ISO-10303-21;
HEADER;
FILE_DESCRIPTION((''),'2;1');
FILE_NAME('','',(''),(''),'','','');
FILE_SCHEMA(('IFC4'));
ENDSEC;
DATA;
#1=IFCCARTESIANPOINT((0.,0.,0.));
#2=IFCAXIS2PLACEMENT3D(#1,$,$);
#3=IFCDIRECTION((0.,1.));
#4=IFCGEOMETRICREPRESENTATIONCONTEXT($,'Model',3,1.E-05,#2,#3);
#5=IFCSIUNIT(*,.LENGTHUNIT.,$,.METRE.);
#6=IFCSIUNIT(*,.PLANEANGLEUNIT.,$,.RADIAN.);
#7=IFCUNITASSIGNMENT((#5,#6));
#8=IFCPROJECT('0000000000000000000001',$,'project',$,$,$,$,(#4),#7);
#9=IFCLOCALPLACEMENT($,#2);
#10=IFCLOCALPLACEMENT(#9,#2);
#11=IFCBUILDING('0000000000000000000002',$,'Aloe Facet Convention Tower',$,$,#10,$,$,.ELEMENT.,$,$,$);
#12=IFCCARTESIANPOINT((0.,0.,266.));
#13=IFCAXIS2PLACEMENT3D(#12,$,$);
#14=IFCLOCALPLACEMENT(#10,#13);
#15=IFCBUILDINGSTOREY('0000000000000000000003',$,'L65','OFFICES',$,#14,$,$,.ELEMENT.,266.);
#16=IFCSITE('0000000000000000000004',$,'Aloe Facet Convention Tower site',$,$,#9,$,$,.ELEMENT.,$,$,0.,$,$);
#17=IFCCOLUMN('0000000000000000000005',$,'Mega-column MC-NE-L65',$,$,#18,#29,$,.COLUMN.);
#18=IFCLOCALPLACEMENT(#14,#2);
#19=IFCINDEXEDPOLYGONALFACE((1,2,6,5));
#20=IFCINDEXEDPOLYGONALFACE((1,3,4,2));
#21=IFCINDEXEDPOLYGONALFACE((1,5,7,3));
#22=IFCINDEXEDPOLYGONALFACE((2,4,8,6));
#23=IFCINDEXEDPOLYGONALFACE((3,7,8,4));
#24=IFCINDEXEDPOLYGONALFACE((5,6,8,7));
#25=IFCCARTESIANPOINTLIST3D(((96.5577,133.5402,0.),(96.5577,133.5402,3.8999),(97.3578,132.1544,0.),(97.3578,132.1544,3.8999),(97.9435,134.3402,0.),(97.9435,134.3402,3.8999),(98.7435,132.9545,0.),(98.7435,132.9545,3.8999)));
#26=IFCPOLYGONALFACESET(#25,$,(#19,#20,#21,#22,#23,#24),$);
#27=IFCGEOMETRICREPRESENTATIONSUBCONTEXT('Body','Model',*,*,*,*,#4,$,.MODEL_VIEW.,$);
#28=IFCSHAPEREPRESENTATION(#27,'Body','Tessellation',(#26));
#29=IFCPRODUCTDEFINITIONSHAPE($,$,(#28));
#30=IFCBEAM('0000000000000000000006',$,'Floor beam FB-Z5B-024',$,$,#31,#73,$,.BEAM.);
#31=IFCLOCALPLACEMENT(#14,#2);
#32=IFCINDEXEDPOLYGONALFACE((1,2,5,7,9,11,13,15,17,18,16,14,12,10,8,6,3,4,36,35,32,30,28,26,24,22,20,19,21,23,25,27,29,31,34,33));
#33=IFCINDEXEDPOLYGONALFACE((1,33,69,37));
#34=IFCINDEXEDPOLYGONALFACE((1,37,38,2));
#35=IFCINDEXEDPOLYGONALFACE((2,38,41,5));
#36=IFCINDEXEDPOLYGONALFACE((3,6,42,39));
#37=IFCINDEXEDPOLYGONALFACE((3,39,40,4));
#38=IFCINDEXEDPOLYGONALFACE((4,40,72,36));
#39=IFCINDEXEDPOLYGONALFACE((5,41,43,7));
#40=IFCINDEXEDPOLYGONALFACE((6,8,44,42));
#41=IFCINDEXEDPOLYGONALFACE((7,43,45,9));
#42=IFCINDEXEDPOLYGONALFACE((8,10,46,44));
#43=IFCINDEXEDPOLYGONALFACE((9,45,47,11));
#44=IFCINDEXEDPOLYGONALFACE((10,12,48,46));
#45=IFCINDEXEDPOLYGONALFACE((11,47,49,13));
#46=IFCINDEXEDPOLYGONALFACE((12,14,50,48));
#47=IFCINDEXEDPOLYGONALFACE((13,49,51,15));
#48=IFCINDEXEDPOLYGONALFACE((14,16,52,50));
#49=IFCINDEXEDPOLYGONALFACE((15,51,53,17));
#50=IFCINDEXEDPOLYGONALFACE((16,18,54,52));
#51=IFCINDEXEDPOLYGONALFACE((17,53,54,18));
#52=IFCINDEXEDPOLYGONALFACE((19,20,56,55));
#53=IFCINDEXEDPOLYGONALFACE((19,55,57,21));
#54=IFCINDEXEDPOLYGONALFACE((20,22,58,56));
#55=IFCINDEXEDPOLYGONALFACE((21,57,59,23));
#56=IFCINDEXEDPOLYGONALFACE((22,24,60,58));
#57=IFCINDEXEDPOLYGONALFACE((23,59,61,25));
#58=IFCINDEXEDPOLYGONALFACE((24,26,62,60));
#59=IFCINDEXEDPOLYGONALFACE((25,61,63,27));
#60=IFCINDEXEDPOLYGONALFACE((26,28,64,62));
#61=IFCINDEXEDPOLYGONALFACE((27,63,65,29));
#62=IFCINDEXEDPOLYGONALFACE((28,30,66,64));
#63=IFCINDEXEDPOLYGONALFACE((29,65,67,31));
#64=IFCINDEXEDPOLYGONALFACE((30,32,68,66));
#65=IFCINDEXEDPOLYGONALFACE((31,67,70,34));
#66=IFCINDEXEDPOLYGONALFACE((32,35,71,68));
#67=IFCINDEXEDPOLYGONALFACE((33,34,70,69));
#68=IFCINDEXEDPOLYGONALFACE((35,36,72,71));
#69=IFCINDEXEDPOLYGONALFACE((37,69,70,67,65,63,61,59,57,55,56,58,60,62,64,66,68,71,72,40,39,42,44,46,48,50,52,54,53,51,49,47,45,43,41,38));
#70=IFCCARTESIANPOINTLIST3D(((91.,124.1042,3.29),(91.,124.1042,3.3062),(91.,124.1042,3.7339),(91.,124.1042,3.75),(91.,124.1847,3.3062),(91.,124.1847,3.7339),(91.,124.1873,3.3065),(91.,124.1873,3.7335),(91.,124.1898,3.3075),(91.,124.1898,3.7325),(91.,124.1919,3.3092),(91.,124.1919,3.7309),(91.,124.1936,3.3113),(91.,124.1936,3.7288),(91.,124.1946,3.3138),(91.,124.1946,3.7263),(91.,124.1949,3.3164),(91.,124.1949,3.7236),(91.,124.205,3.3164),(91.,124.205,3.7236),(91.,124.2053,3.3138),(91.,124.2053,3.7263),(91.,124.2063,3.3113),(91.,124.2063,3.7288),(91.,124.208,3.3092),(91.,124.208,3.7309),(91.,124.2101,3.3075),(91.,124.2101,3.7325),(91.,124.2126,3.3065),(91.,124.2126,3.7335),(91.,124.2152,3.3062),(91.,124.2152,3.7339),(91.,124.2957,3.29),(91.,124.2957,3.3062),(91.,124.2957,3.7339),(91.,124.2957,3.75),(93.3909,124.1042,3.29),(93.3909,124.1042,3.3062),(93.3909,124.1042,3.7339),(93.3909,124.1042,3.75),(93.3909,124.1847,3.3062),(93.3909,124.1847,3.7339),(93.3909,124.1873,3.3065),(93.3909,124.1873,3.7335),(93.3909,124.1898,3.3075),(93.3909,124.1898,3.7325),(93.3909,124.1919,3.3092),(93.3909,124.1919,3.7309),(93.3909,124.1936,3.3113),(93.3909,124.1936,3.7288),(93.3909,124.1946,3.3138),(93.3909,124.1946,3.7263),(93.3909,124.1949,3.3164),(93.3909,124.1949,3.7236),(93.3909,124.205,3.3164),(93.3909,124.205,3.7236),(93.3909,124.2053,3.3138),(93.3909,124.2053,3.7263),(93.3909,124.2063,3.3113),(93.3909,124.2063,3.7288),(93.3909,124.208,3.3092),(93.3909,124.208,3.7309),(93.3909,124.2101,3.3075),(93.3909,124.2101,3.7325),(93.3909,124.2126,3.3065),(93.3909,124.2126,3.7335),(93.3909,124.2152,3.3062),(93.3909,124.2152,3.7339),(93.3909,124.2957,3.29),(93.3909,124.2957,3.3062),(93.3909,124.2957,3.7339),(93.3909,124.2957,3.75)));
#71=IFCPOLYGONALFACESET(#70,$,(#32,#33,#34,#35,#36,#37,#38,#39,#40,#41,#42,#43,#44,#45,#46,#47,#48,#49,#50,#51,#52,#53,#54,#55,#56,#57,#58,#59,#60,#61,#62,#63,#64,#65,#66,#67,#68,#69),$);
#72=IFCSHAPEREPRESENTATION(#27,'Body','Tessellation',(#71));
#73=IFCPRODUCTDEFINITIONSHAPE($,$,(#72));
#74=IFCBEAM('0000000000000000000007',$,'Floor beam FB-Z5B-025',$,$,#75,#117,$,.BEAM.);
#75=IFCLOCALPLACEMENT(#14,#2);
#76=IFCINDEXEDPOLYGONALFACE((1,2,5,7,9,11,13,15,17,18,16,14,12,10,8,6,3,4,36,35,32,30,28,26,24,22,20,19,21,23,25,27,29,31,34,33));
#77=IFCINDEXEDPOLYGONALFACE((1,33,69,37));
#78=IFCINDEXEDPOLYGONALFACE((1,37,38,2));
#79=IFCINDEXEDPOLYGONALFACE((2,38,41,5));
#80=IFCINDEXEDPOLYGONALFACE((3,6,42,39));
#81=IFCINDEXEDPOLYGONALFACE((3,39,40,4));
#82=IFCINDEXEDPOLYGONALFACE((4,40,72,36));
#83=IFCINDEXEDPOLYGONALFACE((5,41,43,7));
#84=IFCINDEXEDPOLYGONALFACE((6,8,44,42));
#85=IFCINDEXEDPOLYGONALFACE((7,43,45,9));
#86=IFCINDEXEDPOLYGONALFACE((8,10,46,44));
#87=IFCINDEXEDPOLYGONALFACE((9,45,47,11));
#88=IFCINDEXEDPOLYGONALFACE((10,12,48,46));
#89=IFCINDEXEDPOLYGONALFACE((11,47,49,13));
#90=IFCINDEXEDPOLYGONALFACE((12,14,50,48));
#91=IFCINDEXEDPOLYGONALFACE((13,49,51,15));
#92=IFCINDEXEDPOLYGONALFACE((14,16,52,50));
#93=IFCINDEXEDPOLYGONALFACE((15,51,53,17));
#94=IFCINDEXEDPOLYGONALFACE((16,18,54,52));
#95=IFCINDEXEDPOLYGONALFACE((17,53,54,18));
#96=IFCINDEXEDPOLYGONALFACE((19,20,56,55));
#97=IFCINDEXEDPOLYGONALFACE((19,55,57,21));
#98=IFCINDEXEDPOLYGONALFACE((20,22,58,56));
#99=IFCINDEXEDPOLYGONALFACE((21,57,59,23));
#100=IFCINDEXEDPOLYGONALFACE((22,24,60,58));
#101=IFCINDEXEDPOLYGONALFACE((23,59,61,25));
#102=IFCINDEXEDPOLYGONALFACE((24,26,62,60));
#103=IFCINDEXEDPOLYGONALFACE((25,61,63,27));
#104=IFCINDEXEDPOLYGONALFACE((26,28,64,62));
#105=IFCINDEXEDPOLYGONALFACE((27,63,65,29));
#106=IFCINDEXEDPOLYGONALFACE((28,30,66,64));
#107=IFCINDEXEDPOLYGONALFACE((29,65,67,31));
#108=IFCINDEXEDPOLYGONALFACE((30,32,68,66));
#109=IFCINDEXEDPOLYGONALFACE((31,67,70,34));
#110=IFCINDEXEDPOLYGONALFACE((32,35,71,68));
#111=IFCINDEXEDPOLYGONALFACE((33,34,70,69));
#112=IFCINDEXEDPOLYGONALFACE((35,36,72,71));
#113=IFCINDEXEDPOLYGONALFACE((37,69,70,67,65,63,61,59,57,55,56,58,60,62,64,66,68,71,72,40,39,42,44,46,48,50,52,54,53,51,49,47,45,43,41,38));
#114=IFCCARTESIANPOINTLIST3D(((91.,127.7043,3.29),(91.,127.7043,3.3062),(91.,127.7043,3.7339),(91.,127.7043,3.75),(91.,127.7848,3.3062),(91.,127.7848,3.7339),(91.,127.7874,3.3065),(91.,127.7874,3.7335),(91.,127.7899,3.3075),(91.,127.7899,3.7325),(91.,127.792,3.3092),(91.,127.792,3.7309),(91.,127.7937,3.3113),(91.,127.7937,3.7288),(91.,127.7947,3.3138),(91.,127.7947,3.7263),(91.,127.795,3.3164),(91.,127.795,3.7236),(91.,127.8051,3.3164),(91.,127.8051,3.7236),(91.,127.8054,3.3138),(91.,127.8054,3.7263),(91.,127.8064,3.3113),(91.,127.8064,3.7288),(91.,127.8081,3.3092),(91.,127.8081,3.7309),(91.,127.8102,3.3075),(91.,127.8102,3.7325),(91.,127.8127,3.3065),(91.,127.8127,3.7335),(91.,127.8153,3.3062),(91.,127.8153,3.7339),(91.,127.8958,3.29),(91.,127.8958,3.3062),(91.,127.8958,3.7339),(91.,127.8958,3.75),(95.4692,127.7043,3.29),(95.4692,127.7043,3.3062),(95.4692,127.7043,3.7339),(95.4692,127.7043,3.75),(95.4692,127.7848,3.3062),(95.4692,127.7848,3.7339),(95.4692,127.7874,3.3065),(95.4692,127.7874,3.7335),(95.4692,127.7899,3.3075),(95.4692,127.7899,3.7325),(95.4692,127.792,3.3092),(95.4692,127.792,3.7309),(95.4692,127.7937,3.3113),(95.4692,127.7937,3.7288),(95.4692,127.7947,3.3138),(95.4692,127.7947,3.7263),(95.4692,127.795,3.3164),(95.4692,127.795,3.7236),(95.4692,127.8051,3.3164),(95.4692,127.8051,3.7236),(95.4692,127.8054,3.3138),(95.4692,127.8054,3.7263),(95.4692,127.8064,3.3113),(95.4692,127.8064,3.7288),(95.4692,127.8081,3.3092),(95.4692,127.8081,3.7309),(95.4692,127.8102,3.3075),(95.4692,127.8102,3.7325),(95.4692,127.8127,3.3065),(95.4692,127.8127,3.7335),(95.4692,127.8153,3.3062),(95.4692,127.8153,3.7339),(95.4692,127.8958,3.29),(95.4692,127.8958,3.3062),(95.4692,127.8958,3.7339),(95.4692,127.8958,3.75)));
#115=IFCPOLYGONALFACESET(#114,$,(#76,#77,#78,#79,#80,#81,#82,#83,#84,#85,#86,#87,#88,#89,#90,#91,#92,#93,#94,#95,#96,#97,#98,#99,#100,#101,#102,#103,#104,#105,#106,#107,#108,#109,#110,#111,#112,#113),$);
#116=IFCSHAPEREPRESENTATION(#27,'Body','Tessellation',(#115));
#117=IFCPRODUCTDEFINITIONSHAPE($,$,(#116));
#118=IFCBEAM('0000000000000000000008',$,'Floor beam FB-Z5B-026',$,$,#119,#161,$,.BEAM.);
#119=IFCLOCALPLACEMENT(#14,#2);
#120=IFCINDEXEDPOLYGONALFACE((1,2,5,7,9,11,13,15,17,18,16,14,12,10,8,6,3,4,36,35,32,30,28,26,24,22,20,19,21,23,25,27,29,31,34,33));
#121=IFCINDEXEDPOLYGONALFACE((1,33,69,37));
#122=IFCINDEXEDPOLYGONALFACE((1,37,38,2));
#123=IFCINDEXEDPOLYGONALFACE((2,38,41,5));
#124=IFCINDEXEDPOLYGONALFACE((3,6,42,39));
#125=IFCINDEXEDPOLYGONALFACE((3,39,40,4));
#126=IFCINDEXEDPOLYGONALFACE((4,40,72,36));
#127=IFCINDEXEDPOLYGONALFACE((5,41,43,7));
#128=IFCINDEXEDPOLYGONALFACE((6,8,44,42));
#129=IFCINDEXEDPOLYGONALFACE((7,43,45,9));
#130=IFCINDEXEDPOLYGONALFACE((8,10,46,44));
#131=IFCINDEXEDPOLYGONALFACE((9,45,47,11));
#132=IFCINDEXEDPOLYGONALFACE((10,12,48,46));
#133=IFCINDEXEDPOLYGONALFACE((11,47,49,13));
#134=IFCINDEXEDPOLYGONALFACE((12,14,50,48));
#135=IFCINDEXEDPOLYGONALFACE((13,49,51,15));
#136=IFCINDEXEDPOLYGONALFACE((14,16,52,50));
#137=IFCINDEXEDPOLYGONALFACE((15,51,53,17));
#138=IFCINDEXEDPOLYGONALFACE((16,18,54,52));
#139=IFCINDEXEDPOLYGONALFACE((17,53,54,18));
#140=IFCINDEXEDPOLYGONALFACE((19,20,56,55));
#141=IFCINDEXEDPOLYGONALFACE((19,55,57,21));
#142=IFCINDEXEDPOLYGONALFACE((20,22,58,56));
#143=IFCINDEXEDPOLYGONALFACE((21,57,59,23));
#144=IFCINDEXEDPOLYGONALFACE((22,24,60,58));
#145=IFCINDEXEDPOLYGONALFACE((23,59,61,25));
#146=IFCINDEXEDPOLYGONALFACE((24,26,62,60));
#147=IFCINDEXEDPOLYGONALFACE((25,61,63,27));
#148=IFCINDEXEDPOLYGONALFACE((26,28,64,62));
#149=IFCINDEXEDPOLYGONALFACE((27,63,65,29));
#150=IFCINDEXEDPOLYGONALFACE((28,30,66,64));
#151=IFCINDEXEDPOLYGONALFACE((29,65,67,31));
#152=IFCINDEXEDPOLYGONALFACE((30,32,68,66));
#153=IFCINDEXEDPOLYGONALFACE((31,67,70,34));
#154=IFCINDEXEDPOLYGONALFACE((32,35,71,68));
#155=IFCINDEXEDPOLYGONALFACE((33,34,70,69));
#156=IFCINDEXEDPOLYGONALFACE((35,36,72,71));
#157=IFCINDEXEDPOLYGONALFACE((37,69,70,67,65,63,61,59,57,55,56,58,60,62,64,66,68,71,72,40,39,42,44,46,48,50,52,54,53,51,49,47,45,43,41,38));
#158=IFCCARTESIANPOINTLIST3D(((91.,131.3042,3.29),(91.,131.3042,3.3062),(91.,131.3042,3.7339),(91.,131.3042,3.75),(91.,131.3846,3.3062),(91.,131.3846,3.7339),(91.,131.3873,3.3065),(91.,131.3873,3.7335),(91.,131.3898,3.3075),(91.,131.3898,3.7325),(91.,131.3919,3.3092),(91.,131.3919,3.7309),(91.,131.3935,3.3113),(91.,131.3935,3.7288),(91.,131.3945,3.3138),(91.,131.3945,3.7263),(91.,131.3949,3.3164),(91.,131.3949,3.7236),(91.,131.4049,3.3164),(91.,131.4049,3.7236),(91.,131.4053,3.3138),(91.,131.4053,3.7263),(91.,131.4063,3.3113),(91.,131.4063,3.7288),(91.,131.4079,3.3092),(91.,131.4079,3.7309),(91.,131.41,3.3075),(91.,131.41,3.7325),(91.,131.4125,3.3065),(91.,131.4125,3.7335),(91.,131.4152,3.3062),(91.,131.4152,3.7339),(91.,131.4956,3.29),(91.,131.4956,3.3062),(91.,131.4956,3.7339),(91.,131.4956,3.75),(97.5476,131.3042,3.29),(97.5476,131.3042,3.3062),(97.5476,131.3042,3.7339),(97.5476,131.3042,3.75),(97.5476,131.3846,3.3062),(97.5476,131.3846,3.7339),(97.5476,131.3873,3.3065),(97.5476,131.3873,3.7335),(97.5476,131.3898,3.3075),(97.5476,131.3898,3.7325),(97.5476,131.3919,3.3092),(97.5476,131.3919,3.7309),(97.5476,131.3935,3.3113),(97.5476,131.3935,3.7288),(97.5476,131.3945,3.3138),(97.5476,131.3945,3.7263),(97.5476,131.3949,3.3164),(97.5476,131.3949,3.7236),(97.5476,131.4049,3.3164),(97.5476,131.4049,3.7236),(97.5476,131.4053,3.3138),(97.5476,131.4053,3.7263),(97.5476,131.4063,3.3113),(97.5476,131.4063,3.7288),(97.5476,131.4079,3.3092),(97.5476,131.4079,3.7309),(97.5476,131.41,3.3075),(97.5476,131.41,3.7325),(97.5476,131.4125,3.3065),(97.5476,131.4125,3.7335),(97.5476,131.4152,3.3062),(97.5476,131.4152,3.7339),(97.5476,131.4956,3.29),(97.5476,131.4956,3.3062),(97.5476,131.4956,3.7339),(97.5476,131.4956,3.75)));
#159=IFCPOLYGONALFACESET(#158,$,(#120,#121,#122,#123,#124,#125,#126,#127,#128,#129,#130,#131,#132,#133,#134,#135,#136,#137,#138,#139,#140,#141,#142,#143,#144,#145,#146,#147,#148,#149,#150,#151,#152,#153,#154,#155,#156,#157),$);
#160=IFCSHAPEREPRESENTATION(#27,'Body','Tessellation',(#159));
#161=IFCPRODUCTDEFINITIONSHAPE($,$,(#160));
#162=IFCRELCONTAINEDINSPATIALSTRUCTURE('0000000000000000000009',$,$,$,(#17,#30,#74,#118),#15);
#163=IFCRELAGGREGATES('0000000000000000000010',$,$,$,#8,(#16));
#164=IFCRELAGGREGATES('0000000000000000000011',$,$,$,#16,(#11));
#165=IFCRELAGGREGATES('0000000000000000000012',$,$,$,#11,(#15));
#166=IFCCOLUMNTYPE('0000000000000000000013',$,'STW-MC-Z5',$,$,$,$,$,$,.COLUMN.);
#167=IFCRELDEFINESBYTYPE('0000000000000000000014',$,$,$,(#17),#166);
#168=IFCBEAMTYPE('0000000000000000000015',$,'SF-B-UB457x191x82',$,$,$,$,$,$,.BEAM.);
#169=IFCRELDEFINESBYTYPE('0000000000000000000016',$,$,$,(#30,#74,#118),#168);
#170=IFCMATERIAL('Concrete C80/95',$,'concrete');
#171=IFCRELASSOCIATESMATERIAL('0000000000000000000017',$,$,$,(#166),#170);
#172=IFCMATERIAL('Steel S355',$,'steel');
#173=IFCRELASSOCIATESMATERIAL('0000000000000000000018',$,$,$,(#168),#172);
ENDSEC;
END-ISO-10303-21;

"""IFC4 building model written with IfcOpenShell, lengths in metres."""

from ifc_helpers import new_model, si_unit, direction, frame, origin, origin_2d, place, context, subcontext, project, spatial, rectangle, i_section, extrude, material, material_profile, profile_set, type_object, element, save


model = new_model("IFC4")

# Units and contexts
model_context = context("Model", 3, precision=1e-05, world=origin(), true_north=direction((0.0, 1.0)))
body_context = subcontext(model_context, "Body", "Model", "MODEL_VIEW")
ifc_project = project(units=[si_unit("LENGTHUNIT", "METRE"), si_unit("PLANEANGLEUNIT", "RADIAN")], contexts=[model_context])

# Site, building, storey
site_placement = place(None, origin())
site = spatial("IfcSite", under=ifc_project, at=site_placement, Name="Aloe Facet Convention Tower site", CompositionType="ELEMENT", RefElevation=0.0)
building_placement = place(site_placement, origin())
building = spatial("IfcBuilding", under=site, at=building_placement, Name="Aloe Facet Convention Tower", CompositionType="ELEMENT")
storey_placement = place(building_placement, frame((0.0, 0.0, 266.0)))
storey = spatial("IfcBuildingStorey", under=building, at=storey_placement, Name="L65", Description="OFFICES", CompositionType="ELEMENT", Elevation=266.0)

# Column
ifc_material_1 = material(Name="Concrete C80/95", Category="concrete")
ifc_material_profile_1 = material_profile(ifc_material_1, rectangle(XDim=1.6001, YDim=1.6001, at=origin_2d()), Name="STW-MC-Z5")
ifc_profile_set_1 = profile_set([ifc_material_profile_1], Name="Concrete C80/95")
column_type = type_object("IfcColumnType", Name="STW-MC-Z5", PredefinedType="COLUMN", material=ifc_profile_set_1)
column_placement = place(storey_placement, frame((97.6506, 133.2473, 0.0), z_axis=(0.0, 0.0, 1.0), x_axis=(-0.5, 0.866025, 0.0)))
element("IfcColumn", 1, at=column_placement, inside=storey, type_object=column_type, Name="Mega-column MC-NE-L65", PredefinedType="COLUMN", context=body_context, shape_type="SweptSolid", body=[
    extrude(rectangle(XDim=1.6001, YDim=1.6001, at=origin_2d()), origin(), (0.0, 0.0, 1.0), 3.8999),
])

# Beams
ifc_material_2 = material(Name="Steel S355", Category="steel")
ifc_material_profile_2 = material_profile(ifc_material_2, i_section(OverallWidth=0.1914, OverallDepth=0.46, WebThickness=0.01, FlangeThickness=0.0161, FilletRadius=0.0103, at=origin_2d()), Name="UB 457x191x82")
ifc_profile_set_2 = profile_set([ifc_material_profile_2], Name="Steel S355")
beam_type_1 = type_object("IfcBeamType", Name="SF-B-UB457x191x82", PredefinedType="BEAM", material=ifc_profile_set_2)
beam_1_placement = place(storey_placement, frame((91.0, 124.2, 3.52), z_axis=(1.0, 0.0, 0.0), x_axis=(0.0, 1.0, 0.0)))
element("IfcBeam", 2, at=beam_1_placement, inside=storey, type_object=beam_type_1, Name="Floor beam FB-Z5B-024", PredefinedType="BEAM", context=body_context, shape_type="SweptSolid", body=[
    extrude(i_section(OverallWidth=0.1914, OverallDepth=0.46, WebThickness=0.01, FlangeThickness=0.0161, FilletRadius=0.0103, at=origin_2d()), origin(), (0.0, 0.0, 1.0), 2.3909),
])
beam_2_placement = place(storey_placement, frame((91.0, 127.8, 3.52), z_axis=(1.0, 0.0, 0.0), x_axis=(0.0, 1.0, 0.0)))
element("IfcBeam", 3, at=beam_2_placement, inside=storey, type_object=beam_type_1, Name="Floor beam FB-Z5B-025", PredefinedType="BEAM", context=body_context, shape_type="SweptSolid", body=[
    extrude(i_section(OverallWidth=0.1914, OverallDepth=0.46, WebThickness=0.01, FlangeThickness=0.0161, FilletRadius=0.0103, at=origin_2d()), origin(), (0.0, 0.0, 1.0), 4.4692),
])
beam_3_placement = place(storey_placement, frame((91.0, 131.3999, 3.52), z_axis=(1.0, 0.0, 0.0), x_axis=(0.0, 1.0, 0.0)))
element("IfcBeam", 4, at=beam_3_placement, inside=storey, type_object=beam_type_1, Name="Floor beam FB-Z5B-026", PredefinedType="BEAM", context=body_context, shape_type="SweptSolid", body=[
    extrude(i_section(OverallWidth=0.1914, OverallDepth=0.46, WebThickness=0.01, FlangeThickness=0.0161, FilletRadius=0.0103, at=origin_2d()), origin(), (0.0, 0.0, 1.0), 6.5476),
])

save(model, "model.ifc")
